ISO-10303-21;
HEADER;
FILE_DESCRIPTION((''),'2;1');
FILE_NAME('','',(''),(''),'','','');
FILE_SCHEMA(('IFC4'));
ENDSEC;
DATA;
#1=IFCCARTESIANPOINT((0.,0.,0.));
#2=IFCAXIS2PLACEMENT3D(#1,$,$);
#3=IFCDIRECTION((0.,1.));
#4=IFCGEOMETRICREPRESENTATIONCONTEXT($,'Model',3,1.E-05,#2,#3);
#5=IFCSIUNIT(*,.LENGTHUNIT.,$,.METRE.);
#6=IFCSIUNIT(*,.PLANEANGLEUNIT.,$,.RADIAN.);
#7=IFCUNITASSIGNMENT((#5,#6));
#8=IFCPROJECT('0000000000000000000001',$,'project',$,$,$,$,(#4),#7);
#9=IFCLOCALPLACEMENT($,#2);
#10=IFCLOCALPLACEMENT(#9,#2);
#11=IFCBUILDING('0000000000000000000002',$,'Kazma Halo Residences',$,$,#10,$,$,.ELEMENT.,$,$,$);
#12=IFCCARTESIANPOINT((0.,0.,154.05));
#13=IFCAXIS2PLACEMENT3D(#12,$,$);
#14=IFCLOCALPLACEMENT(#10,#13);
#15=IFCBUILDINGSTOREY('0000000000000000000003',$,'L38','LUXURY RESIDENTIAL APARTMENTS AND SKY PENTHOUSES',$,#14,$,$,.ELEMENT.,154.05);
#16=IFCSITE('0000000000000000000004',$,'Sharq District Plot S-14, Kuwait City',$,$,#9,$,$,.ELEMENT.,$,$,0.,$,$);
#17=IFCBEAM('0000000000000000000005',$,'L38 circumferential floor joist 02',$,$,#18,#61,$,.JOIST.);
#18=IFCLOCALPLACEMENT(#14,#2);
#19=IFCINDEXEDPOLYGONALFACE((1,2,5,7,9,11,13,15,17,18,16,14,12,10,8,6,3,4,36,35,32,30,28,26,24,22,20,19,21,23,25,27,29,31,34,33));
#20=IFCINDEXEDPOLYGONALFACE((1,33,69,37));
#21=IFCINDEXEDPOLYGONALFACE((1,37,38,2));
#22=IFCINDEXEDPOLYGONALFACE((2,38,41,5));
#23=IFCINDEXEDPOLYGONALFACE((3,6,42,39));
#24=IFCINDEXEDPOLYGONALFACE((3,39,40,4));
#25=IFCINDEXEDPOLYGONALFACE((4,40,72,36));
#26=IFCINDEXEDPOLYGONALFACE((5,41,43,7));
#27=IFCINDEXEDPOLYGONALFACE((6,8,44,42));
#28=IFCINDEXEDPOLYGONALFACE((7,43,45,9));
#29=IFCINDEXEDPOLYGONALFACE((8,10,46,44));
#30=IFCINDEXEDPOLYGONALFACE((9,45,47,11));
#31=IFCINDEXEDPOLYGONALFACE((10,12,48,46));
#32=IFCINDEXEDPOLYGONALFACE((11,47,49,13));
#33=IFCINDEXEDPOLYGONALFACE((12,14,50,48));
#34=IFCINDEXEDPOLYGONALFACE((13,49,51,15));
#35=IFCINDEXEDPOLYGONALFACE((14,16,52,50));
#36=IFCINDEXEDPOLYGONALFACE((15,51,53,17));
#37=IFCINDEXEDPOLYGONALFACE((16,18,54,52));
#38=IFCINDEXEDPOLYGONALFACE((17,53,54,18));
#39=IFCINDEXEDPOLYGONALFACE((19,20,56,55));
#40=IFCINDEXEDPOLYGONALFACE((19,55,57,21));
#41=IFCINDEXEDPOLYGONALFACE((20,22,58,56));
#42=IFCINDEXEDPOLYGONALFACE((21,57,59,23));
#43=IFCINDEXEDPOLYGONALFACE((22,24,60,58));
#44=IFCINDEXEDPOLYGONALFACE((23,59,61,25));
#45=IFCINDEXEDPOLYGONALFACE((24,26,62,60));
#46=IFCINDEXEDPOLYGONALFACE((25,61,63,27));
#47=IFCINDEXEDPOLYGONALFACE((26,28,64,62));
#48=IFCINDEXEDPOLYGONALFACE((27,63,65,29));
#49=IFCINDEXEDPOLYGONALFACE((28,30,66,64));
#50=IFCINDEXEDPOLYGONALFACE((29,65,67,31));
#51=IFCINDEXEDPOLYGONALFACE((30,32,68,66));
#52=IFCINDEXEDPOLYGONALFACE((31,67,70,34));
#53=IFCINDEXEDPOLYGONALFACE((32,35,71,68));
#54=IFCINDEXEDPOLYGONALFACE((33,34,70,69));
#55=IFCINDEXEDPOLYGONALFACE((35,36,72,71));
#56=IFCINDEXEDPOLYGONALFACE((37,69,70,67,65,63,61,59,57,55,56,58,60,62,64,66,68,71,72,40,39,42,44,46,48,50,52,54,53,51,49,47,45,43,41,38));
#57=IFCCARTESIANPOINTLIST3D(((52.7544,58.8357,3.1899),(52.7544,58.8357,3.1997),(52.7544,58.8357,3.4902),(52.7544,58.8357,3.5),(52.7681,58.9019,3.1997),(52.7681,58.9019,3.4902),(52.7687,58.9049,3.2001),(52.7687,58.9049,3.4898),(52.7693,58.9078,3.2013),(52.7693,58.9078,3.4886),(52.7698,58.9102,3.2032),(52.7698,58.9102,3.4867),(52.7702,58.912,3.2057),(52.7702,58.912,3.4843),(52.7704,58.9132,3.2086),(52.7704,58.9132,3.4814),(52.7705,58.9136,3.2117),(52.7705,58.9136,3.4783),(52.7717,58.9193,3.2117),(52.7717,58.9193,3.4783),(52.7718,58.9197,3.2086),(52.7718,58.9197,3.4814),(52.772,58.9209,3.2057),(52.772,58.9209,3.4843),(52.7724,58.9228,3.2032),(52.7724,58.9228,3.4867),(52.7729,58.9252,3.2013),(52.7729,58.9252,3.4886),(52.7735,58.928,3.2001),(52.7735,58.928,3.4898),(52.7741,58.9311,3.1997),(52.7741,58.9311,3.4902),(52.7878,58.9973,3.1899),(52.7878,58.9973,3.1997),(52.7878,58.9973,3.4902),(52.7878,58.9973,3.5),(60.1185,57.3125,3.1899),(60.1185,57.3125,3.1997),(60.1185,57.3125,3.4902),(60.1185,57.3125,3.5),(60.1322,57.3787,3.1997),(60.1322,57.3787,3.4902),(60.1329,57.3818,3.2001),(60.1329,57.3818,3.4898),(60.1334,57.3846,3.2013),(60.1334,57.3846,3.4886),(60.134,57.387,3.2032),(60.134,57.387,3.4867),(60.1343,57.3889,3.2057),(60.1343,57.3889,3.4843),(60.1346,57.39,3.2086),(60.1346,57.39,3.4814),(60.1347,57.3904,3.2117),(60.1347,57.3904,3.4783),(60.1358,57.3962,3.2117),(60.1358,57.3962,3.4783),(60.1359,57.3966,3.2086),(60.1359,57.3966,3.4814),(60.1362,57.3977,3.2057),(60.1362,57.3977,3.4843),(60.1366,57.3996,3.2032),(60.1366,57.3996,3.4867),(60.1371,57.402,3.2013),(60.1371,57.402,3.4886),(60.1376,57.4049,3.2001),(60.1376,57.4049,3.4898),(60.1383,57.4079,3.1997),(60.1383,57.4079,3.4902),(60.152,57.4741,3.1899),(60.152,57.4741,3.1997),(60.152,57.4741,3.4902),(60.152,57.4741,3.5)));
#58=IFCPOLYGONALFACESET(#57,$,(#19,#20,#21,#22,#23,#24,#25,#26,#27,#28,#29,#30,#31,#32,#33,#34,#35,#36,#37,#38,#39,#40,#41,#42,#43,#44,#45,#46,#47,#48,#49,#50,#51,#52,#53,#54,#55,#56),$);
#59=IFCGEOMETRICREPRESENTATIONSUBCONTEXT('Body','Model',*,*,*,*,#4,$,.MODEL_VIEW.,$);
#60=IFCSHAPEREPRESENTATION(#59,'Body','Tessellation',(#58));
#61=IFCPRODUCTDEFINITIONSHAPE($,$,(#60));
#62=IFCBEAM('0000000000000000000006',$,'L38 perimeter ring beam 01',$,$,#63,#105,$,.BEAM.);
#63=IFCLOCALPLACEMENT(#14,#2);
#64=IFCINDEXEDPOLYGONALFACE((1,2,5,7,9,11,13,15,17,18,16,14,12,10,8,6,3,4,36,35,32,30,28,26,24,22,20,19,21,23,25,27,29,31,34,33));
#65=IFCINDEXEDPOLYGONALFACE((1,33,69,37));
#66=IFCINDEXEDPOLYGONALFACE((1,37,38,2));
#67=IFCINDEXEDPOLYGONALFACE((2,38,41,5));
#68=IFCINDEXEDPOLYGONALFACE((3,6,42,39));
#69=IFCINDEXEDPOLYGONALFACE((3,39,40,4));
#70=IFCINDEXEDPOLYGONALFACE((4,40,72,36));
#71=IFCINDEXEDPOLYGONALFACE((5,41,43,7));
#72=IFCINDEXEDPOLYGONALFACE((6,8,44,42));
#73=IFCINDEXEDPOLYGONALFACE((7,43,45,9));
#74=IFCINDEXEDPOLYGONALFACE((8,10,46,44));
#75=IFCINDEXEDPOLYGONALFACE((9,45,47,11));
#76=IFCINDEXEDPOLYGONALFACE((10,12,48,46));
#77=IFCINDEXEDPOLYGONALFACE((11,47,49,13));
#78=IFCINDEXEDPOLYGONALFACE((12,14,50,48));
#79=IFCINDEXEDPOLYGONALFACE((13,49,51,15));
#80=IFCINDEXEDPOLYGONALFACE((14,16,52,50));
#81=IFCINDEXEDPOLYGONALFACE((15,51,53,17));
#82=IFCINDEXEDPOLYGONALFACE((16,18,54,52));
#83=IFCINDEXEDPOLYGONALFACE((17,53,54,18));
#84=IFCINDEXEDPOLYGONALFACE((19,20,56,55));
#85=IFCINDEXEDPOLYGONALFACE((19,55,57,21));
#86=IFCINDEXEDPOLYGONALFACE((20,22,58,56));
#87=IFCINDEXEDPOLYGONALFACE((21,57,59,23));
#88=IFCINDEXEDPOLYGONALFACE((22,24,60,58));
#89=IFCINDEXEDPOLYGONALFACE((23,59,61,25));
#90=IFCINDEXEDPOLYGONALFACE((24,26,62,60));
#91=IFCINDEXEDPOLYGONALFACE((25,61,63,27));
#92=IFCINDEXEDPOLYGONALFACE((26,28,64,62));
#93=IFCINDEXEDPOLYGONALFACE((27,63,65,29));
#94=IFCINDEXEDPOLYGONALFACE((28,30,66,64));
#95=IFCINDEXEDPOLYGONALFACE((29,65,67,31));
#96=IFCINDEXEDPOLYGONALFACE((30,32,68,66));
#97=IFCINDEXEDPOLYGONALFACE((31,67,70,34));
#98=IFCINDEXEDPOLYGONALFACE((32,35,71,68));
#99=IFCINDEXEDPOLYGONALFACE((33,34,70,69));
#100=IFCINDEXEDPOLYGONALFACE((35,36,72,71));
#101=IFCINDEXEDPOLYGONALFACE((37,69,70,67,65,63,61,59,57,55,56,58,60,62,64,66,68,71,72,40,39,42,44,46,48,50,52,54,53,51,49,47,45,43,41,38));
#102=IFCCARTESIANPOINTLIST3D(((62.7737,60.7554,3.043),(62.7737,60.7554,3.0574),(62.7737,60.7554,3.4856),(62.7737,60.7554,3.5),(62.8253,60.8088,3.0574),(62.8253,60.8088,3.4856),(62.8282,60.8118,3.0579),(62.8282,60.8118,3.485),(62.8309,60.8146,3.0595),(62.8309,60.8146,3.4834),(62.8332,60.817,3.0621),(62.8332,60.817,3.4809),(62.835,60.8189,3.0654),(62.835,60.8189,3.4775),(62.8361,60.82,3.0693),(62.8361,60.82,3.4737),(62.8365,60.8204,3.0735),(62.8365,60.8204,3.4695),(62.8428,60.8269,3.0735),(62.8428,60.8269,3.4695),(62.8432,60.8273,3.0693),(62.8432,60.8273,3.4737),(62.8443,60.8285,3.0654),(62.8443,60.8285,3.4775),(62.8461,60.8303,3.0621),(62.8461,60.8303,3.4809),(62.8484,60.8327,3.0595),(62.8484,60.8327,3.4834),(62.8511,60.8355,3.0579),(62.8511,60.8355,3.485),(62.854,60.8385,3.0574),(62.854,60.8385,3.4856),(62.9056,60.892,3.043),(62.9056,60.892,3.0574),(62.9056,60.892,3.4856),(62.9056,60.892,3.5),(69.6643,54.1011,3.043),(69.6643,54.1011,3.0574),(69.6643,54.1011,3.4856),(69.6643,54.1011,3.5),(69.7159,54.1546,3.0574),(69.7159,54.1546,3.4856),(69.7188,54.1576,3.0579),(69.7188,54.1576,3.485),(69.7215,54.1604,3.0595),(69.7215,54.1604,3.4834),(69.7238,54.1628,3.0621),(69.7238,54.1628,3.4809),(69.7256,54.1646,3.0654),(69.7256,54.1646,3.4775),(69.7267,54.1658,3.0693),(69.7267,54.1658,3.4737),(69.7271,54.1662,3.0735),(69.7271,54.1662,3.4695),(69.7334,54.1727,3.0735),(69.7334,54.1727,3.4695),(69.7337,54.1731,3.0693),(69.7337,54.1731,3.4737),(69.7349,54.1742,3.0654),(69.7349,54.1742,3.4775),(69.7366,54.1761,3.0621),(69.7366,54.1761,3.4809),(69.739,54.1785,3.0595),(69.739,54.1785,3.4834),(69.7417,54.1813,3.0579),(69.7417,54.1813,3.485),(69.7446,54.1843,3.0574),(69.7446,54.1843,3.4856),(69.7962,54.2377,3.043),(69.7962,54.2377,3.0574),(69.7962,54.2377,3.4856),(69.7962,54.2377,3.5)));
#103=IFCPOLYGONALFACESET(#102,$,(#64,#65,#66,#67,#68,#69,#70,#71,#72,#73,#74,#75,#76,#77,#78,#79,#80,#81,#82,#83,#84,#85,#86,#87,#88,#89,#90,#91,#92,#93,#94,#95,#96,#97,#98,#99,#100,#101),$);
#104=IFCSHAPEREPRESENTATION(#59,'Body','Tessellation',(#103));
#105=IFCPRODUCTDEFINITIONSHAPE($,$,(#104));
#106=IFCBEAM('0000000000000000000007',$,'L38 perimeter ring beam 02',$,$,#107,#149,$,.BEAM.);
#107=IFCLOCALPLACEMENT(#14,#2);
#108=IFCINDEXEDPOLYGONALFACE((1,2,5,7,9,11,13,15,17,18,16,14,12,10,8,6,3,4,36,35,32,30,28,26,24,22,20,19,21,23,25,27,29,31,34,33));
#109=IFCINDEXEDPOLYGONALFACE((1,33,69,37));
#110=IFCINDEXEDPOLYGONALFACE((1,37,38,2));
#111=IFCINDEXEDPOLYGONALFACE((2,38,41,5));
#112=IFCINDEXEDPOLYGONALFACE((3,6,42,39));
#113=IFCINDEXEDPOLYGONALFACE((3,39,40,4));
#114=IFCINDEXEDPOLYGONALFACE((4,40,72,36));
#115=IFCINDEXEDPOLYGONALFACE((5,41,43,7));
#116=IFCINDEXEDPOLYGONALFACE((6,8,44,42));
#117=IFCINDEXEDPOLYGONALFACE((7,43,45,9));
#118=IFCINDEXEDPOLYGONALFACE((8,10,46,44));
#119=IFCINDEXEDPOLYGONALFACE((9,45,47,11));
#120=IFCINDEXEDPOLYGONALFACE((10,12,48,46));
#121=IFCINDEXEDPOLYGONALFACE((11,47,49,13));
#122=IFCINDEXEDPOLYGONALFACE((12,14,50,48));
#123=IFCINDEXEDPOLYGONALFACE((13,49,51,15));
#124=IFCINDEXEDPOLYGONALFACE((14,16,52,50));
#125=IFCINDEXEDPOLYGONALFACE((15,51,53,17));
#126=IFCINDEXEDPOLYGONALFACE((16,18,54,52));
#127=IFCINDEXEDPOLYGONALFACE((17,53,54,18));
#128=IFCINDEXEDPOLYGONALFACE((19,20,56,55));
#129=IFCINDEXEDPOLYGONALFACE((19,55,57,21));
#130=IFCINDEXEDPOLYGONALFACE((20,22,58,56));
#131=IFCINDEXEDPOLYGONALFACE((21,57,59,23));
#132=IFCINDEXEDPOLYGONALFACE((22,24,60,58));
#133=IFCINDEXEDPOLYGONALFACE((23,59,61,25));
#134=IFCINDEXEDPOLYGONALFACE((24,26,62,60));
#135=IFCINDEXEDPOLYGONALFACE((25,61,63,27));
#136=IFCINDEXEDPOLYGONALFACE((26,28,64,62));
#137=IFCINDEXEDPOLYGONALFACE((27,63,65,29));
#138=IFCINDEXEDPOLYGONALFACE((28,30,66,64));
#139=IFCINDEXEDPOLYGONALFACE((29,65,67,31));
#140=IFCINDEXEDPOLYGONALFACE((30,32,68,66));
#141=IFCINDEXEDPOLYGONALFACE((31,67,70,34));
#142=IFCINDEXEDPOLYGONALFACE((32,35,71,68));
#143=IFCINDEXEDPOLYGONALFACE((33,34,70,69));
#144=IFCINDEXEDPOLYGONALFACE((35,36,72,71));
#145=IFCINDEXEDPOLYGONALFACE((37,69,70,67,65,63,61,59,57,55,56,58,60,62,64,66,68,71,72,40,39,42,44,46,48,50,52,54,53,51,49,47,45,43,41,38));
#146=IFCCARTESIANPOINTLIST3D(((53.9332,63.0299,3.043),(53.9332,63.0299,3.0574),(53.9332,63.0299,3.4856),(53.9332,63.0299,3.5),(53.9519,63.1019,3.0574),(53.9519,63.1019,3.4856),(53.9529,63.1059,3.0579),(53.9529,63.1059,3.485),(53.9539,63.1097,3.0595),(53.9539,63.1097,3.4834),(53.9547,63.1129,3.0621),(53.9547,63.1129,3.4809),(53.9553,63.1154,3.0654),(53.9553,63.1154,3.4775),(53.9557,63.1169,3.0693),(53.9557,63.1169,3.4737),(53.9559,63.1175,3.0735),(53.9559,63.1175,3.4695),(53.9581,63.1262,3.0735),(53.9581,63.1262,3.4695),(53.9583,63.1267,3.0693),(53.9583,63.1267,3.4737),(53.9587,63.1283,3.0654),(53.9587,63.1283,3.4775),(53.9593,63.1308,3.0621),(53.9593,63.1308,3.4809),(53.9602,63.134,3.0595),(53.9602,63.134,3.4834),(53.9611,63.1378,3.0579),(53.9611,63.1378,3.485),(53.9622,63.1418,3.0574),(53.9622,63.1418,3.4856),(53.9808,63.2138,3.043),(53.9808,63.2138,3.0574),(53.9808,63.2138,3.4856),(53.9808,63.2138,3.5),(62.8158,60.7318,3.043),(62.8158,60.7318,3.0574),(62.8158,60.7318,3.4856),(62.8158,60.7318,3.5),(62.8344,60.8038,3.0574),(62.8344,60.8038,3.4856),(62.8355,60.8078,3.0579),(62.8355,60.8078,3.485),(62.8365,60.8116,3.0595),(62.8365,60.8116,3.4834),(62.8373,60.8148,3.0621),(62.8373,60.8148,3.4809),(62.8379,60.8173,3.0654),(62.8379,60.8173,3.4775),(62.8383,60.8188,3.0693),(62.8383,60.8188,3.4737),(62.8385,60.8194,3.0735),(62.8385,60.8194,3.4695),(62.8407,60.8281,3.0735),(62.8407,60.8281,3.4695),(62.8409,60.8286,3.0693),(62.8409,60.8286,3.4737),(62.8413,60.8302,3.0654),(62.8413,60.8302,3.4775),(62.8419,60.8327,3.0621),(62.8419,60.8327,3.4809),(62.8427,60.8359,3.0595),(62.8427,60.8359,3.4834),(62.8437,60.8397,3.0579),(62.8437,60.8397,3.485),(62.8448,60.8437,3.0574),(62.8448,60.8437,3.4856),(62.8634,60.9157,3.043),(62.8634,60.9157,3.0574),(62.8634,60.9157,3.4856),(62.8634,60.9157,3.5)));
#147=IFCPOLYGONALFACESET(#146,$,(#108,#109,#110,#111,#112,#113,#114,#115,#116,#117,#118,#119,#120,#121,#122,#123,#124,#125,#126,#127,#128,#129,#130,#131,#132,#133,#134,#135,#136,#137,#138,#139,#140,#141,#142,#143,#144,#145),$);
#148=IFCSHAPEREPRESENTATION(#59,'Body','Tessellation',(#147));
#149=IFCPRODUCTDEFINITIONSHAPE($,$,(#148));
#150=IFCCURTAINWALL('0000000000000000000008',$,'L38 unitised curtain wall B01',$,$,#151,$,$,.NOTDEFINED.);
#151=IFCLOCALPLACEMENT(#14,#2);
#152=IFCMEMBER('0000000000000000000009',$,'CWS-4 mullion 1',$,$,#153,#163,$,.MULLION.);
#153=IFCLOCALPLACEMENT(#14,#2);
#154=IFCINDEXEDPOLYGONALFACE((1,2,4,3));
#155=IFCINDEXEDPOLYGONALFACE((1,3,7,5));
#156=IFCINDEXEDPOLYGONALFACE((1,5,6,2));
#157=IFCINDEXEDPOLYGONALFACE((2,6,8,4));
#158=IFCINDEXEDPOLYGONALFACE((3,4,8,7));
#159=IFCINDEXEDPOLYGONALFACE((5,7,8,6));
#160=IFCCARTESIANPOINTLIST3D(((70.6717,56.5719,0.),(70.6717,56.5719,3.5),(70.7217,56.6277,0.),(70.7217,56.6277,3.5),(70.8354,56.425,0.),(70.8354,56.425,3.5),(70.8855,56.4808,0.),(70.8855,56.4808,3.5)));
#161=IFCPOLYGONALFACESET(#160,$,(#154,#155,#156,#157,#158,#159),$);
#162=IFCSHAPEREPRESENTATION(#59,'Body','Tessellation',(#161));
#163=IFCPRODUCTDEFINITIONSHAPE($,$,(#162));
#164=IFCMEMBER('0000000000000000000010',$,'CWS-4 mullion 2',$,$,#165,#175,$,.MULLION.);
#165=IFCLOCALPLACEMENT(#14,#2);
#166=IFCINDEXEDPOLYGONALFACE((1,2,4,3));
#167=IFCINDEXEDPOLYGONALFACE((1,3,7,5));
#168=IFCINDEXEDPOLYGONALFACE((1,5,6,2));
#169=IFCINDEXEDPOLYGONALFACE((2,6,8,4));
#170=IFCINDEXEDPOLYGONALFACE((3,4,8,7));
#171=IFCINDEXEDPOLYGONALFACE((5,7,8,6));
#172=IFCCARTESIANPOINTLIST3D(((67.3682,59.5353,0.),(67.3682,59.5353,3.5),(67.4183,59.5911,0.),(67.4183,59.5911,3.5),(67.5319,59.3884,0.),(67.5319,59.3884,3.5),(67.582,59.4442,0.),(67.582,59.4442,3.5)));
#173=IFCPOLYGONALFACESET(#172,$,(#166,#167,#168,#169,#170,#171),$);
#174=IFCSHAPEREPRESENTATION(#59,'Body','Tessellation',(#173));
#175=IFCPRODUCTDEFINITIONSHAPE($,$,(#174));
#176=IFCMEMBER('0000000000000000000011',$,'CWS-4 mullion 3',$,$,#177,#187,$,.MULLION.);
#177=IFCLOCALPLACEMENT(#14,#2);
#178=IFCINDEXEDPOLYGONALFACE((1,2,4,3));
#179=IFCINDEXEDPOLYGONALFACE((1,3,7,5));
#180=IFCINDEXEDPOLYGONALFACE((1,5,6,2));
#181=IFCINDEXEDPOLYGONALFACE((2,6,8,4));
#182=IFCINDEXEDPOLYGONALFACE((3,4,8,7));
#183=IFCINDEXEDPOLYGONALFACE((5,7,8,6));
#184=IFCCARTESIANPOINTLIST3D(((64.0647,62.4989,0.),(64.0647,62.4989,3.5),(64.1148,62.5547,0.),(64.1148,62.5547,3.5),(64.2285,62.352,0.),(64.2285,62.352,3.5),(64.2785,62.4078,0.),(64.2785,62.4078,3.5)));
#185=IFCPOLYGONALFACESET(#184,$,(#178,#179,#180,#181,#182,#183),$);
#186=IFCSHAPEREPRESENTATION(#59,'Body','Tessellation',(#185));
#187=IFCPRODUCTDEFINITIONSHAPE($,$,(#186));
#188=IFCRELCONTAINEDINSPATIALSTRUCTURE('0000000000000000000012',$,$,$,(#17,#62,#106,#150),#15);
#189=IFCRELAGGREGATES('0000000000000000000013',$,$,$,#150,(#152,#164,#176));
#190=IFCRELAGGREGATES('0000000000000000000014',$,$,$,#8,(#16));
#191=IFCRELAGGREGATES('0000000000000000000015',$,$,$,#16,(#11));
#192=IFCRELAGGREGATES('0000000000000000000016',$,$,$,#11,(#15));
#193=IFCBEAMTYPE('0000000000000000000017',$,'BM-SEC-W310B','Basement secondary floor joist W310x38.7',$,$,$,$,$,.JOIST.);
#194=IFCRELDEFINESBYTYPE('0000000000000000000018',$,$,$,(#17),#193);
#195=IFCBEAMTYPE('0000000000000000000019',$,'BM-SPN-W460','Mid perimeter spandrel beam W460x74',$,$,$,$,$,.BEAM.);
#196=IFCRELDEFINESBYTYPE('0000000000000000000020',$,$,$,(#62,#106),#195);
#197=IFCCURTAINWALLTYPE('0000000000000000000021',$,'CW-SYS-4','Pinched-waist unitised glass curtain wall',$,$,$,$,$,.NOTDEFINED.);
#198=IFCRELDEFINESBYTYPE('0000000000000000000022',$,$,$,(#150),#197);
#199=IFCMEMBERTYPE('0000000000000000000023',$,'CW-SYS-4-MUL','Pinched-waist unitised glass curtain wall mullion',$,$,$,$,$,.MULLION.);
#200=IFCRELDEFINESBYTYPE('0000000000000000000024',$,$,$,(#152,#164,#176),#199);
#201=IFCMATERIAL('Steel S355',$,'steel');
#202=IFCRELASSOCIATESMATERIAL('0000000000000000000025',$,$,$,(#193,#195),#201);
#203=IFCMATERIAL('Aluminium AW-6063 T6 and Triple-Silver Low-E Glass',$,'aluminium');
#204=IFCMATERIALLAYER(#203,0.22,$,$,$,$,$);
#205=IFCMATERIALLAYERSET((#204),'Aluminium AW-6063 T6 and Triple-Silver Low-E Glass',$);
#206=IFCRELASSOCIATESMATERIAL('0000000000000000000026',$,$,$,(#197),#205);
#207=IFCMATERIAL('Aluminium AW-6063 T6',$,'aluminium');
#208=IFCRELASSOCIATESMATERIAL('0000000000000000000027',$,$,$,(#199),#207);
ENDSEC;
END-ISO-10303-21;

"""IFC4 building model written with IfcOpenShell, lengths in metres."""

from ifc_helpers import new_model, si_unit, direction, frame, origin, origin_2d, place, context, subcontext, project, spatial, rectangle, i_section, extrude, material, layer, layer_set, material_profile, profile_set, type_object, element, aggregate, save


model = new_model("IFC4")

# Units and contexts
model_context = context("Model", 3, precision=1e-05, world=origin(), true_north=direction((0.0, 1.0)))
body_context = subcontext(model_context, "Body", "Model", "MODEL_VIEW")
ifc_project = project(units=[si_unit("LENGTHUNIT", "METRE"), si_unit("PLANEANGLEUNIT", "RADIAN")], contexts=[model_context])

# Site, building, storey
site_placement = place(None, origin())
site = spatial("IfcSite", under=ifc_project, at=site_placement, Name="Sharq District Plot S-14, Kuwait City", CompositionType="ELEMENT", RefElevation=0.0)
building_placement = place(site_placement, origin())
building = spatial("IfcBuilding", under=site, at=building_placement, Name="Kazma Halo Residences", CompositionType="ELEMENT")
storey_placement = place(building_placement, frame((0.0, 0.0, 154.05)))
storey = spatial("IfcBuildingStorey", under=building, at=storey_placement, Name="L38", Description="LUXURY RESIDENTIAL APARTMENTS AND SKY PENTHOUSES", CompositionType="ELEMENT", Elevation=154.05)

# Beams
ifc_material_1 = material(Name="Steel S355", Category="steel")
ifc_material_profile_1 = material_profile(ifc_material_1, i_section(OverallWidth=0.165, OverallDepth=0.3101, WebThickness=0.0059, FlangeThickness=0.0098, FilletRadius=0.012, at=origin_2d()), Name="W310x38.7")
ifc_profile_set_1 = profile_set([ifc_material_profile_1], Name="Steel S355")
beam_type_1 = type_object("IfcBeamType", Name="BM-SEC-W310B", Description="Basement secondary floor joist W310x38.7", PredefinedType="JOIST", material=ifc_profile_set_1)
beam_1_placement = place(storey_placement, frame((60.1353, 57.3933, 3.345), z_axis=(-0.979272, 0.202549, 0.0), x_axis=(-0.202549, -0.979272, 0.0)))
element("IfcBeam", 1, at=beam_1_placement, inside=storey, type_object=beam_type_1, Name="L38 circumferential floor joist 02", PredefinedType="JOIST", context=body_context, shape_type="SweptSolid", body=[
    extrude(i_section(OverallWidth=0.165, OverallDepth=0.3101, WebThickness=0.0059, FlangeThickness=0.0098, FilletRadius=0.012, at=origin_2d()), origin(), (0.0, 0.0, 1.0), 7.52),
])
ifc_material_profile_2 = material_profile(ifc_material_1, i_section(OverallWidth=0.1899, OverallDepth=0.457, WebThickness=0.009, FlangeThickness=0.0144, FilletRadius=0.0161, at=origin_2d()), Name="W460x74")
ifc_profile_set_2 = profile_set([ifc_material_profile_2], Name="Steel S355")
beam_type_2 = type_object("IfcBeamType", Name="BM-SPN-W460", Description="Mid perimeter spandrel beam W460x74", PredefinedType="BEAM", material=ifc_profile_set_2)
beam_2_placement = place(storey_placement, frame((69.7302, 54.1694, 3.2715), z_axis=(-0.719335, 0.694664, 0.0), x_axis=(-0.694664, -0.719335, 0.0)))
element("IfcBeam", 2, at=beam_2_placement, inside=storey, type_object=beam_type_2, Name="L38 perimeter ring beam 01", PredefinedType="BEAM", context=body_context, shape_type="SweptSolid", body=[
    extrude(i_section(OverallWidth=0.1899, OverallDepth=0.457, WebThickness=0.009, FlangeThickness=0.0144, FilletRadius=0.0161, at=origin_2d()), origin(), (0.0, 0.0, 1.0), 9.5791),
])
beam_3_placement = place(storey_placement, frame((62.8396, 60.8237, 3.2715), z_axis=(-0.968124, 0.250473, 0.0), x_axis=(-0.250473, -0.968124, 0.0)))
element("IfcBeam", 3, at=beam_3_placement, inside=storey, type_object=beam_type_2, Name="L38 perimeter ring beam 02", PredefinedType="BEAM", context=body_context, shape_type="SweptSolid", body=[
    extrude(i_section(OverallWidth=0.1899, OverallDepth=0.457, WebThickness=0.009, FlangeThickness=0.0144, FilletRadius=0.0161, at=origin_2d()), origin(), (0.0, 0.0, 1.0), 9.175),
])

# Curtain wall, members
ifc_material_2 = material(Name="Aluminium AW-6063 T6 and Triple-Silver Low-E Glass", Category="aluminium")
ifc_layer_1 = layer(ifc_material_2, 0.22)
ifc_layer_set_1 = layer_set([ifc_layer_1], Name="Aluminium AW-6063 T6 and Triple-Silver Low-E Glass")
curtain_wall_type = type_object("IfcCurtainWallType", Name="CW-SYS-4", Description="Pinched-waist unitised glass curtain wall", PredefinedType="NOTDEFINED", material=ifc_layer_set_1)
curtain_wall_1_placement = place(storey_placement, origin())
curtain_wall_1 = element("IfcCurtainWall", 4, at=curtain_wall_1_placement, inside=storey, type_object=curtain_wall_type, Name="L38 unitised curtain wall B01", PredefinedType="NOTDEFINED")
ifc_material_3 = material(Name="Aluminium AW-6063 T6", Category="aluminium")
ifc_material_profile_3 = material_profile(ifc_material_3, rectangle(XDim=0.075, YDim=0.22, at=origin_2d()), Name="CWM-75x220")
ifc_profile_set_3 = profile_set([ifc_material_profile_3], Name="Aluminium AW-6063 T6")
member_type_1 = type_object("IfcMemberType", Name="CW-SYS-4-MUL", Description="Pinched-waist unitised glass curtain wall mullion", PredefinedType="MULLION", material=ifc_profile_set_3)
member_1_placement = place(storey_placement, frame((70.7786, 56.5264, 0.0), z_axis=(0.0, 0.0, 1.0), x_axis=(-0.66777, -0.744368, 0.0)))
member_1 = element("IfcMember", 5, at=member_1_placement, type_object=member_type_1, Name="CWS-4 mullion 1", PredefinedType="MULLION", context=body_context, shape_type="SweptSolid", body=[
    extrude(rectangle(XDim=0.075, YDim=0.22, at=origin_2d()), origin(), (0.0, 0.0, 1.0), 3.5),
])
member_2_placement = place(storey_placement, frame((67.4751, 59.4897, 0.0), z_axis=(0.0, 0.0, 1.0), x_axis=(-0.66777, -0.744368, 0.0)))
member_2 = element("IfcMember", 6, at=member_2_placement, type_object=member_type_1, Name="CWS-4 mullion 2", PredefinedType="MULLION", context=body_context, shape_type="SweptSolid", body=[
    extrude(rectangle(XDim=0.075, YDim=0.22, at=origin_2d()), origin(), (0.0, 0.0, 1.0), 3.5),
])
member_3_placement = place(storey_placement, frame((64.1716, 62.4534, 0.0), z_axis=(0.0, 0.0, 1.0), x_axis=(-0.66777, -0.744368, 0.0)))
member_3 = element("IfcMember", 7, at=member_3_placement, type_object=member_type_1, Name="CWS-4 mullion 3", PredefinedType="MULLION", context=body_context, shape_type="SweptSolid", body=[
    extrude(rectangle(XDim=0.075, YDim=0.22, at=origin_2d()), origin(), (0.0, 0.0, 1.0), 3.5),
])

aggregate(curtain_wall_1, [member_1, member_2, member_3])

save(model, "model.ifc")
